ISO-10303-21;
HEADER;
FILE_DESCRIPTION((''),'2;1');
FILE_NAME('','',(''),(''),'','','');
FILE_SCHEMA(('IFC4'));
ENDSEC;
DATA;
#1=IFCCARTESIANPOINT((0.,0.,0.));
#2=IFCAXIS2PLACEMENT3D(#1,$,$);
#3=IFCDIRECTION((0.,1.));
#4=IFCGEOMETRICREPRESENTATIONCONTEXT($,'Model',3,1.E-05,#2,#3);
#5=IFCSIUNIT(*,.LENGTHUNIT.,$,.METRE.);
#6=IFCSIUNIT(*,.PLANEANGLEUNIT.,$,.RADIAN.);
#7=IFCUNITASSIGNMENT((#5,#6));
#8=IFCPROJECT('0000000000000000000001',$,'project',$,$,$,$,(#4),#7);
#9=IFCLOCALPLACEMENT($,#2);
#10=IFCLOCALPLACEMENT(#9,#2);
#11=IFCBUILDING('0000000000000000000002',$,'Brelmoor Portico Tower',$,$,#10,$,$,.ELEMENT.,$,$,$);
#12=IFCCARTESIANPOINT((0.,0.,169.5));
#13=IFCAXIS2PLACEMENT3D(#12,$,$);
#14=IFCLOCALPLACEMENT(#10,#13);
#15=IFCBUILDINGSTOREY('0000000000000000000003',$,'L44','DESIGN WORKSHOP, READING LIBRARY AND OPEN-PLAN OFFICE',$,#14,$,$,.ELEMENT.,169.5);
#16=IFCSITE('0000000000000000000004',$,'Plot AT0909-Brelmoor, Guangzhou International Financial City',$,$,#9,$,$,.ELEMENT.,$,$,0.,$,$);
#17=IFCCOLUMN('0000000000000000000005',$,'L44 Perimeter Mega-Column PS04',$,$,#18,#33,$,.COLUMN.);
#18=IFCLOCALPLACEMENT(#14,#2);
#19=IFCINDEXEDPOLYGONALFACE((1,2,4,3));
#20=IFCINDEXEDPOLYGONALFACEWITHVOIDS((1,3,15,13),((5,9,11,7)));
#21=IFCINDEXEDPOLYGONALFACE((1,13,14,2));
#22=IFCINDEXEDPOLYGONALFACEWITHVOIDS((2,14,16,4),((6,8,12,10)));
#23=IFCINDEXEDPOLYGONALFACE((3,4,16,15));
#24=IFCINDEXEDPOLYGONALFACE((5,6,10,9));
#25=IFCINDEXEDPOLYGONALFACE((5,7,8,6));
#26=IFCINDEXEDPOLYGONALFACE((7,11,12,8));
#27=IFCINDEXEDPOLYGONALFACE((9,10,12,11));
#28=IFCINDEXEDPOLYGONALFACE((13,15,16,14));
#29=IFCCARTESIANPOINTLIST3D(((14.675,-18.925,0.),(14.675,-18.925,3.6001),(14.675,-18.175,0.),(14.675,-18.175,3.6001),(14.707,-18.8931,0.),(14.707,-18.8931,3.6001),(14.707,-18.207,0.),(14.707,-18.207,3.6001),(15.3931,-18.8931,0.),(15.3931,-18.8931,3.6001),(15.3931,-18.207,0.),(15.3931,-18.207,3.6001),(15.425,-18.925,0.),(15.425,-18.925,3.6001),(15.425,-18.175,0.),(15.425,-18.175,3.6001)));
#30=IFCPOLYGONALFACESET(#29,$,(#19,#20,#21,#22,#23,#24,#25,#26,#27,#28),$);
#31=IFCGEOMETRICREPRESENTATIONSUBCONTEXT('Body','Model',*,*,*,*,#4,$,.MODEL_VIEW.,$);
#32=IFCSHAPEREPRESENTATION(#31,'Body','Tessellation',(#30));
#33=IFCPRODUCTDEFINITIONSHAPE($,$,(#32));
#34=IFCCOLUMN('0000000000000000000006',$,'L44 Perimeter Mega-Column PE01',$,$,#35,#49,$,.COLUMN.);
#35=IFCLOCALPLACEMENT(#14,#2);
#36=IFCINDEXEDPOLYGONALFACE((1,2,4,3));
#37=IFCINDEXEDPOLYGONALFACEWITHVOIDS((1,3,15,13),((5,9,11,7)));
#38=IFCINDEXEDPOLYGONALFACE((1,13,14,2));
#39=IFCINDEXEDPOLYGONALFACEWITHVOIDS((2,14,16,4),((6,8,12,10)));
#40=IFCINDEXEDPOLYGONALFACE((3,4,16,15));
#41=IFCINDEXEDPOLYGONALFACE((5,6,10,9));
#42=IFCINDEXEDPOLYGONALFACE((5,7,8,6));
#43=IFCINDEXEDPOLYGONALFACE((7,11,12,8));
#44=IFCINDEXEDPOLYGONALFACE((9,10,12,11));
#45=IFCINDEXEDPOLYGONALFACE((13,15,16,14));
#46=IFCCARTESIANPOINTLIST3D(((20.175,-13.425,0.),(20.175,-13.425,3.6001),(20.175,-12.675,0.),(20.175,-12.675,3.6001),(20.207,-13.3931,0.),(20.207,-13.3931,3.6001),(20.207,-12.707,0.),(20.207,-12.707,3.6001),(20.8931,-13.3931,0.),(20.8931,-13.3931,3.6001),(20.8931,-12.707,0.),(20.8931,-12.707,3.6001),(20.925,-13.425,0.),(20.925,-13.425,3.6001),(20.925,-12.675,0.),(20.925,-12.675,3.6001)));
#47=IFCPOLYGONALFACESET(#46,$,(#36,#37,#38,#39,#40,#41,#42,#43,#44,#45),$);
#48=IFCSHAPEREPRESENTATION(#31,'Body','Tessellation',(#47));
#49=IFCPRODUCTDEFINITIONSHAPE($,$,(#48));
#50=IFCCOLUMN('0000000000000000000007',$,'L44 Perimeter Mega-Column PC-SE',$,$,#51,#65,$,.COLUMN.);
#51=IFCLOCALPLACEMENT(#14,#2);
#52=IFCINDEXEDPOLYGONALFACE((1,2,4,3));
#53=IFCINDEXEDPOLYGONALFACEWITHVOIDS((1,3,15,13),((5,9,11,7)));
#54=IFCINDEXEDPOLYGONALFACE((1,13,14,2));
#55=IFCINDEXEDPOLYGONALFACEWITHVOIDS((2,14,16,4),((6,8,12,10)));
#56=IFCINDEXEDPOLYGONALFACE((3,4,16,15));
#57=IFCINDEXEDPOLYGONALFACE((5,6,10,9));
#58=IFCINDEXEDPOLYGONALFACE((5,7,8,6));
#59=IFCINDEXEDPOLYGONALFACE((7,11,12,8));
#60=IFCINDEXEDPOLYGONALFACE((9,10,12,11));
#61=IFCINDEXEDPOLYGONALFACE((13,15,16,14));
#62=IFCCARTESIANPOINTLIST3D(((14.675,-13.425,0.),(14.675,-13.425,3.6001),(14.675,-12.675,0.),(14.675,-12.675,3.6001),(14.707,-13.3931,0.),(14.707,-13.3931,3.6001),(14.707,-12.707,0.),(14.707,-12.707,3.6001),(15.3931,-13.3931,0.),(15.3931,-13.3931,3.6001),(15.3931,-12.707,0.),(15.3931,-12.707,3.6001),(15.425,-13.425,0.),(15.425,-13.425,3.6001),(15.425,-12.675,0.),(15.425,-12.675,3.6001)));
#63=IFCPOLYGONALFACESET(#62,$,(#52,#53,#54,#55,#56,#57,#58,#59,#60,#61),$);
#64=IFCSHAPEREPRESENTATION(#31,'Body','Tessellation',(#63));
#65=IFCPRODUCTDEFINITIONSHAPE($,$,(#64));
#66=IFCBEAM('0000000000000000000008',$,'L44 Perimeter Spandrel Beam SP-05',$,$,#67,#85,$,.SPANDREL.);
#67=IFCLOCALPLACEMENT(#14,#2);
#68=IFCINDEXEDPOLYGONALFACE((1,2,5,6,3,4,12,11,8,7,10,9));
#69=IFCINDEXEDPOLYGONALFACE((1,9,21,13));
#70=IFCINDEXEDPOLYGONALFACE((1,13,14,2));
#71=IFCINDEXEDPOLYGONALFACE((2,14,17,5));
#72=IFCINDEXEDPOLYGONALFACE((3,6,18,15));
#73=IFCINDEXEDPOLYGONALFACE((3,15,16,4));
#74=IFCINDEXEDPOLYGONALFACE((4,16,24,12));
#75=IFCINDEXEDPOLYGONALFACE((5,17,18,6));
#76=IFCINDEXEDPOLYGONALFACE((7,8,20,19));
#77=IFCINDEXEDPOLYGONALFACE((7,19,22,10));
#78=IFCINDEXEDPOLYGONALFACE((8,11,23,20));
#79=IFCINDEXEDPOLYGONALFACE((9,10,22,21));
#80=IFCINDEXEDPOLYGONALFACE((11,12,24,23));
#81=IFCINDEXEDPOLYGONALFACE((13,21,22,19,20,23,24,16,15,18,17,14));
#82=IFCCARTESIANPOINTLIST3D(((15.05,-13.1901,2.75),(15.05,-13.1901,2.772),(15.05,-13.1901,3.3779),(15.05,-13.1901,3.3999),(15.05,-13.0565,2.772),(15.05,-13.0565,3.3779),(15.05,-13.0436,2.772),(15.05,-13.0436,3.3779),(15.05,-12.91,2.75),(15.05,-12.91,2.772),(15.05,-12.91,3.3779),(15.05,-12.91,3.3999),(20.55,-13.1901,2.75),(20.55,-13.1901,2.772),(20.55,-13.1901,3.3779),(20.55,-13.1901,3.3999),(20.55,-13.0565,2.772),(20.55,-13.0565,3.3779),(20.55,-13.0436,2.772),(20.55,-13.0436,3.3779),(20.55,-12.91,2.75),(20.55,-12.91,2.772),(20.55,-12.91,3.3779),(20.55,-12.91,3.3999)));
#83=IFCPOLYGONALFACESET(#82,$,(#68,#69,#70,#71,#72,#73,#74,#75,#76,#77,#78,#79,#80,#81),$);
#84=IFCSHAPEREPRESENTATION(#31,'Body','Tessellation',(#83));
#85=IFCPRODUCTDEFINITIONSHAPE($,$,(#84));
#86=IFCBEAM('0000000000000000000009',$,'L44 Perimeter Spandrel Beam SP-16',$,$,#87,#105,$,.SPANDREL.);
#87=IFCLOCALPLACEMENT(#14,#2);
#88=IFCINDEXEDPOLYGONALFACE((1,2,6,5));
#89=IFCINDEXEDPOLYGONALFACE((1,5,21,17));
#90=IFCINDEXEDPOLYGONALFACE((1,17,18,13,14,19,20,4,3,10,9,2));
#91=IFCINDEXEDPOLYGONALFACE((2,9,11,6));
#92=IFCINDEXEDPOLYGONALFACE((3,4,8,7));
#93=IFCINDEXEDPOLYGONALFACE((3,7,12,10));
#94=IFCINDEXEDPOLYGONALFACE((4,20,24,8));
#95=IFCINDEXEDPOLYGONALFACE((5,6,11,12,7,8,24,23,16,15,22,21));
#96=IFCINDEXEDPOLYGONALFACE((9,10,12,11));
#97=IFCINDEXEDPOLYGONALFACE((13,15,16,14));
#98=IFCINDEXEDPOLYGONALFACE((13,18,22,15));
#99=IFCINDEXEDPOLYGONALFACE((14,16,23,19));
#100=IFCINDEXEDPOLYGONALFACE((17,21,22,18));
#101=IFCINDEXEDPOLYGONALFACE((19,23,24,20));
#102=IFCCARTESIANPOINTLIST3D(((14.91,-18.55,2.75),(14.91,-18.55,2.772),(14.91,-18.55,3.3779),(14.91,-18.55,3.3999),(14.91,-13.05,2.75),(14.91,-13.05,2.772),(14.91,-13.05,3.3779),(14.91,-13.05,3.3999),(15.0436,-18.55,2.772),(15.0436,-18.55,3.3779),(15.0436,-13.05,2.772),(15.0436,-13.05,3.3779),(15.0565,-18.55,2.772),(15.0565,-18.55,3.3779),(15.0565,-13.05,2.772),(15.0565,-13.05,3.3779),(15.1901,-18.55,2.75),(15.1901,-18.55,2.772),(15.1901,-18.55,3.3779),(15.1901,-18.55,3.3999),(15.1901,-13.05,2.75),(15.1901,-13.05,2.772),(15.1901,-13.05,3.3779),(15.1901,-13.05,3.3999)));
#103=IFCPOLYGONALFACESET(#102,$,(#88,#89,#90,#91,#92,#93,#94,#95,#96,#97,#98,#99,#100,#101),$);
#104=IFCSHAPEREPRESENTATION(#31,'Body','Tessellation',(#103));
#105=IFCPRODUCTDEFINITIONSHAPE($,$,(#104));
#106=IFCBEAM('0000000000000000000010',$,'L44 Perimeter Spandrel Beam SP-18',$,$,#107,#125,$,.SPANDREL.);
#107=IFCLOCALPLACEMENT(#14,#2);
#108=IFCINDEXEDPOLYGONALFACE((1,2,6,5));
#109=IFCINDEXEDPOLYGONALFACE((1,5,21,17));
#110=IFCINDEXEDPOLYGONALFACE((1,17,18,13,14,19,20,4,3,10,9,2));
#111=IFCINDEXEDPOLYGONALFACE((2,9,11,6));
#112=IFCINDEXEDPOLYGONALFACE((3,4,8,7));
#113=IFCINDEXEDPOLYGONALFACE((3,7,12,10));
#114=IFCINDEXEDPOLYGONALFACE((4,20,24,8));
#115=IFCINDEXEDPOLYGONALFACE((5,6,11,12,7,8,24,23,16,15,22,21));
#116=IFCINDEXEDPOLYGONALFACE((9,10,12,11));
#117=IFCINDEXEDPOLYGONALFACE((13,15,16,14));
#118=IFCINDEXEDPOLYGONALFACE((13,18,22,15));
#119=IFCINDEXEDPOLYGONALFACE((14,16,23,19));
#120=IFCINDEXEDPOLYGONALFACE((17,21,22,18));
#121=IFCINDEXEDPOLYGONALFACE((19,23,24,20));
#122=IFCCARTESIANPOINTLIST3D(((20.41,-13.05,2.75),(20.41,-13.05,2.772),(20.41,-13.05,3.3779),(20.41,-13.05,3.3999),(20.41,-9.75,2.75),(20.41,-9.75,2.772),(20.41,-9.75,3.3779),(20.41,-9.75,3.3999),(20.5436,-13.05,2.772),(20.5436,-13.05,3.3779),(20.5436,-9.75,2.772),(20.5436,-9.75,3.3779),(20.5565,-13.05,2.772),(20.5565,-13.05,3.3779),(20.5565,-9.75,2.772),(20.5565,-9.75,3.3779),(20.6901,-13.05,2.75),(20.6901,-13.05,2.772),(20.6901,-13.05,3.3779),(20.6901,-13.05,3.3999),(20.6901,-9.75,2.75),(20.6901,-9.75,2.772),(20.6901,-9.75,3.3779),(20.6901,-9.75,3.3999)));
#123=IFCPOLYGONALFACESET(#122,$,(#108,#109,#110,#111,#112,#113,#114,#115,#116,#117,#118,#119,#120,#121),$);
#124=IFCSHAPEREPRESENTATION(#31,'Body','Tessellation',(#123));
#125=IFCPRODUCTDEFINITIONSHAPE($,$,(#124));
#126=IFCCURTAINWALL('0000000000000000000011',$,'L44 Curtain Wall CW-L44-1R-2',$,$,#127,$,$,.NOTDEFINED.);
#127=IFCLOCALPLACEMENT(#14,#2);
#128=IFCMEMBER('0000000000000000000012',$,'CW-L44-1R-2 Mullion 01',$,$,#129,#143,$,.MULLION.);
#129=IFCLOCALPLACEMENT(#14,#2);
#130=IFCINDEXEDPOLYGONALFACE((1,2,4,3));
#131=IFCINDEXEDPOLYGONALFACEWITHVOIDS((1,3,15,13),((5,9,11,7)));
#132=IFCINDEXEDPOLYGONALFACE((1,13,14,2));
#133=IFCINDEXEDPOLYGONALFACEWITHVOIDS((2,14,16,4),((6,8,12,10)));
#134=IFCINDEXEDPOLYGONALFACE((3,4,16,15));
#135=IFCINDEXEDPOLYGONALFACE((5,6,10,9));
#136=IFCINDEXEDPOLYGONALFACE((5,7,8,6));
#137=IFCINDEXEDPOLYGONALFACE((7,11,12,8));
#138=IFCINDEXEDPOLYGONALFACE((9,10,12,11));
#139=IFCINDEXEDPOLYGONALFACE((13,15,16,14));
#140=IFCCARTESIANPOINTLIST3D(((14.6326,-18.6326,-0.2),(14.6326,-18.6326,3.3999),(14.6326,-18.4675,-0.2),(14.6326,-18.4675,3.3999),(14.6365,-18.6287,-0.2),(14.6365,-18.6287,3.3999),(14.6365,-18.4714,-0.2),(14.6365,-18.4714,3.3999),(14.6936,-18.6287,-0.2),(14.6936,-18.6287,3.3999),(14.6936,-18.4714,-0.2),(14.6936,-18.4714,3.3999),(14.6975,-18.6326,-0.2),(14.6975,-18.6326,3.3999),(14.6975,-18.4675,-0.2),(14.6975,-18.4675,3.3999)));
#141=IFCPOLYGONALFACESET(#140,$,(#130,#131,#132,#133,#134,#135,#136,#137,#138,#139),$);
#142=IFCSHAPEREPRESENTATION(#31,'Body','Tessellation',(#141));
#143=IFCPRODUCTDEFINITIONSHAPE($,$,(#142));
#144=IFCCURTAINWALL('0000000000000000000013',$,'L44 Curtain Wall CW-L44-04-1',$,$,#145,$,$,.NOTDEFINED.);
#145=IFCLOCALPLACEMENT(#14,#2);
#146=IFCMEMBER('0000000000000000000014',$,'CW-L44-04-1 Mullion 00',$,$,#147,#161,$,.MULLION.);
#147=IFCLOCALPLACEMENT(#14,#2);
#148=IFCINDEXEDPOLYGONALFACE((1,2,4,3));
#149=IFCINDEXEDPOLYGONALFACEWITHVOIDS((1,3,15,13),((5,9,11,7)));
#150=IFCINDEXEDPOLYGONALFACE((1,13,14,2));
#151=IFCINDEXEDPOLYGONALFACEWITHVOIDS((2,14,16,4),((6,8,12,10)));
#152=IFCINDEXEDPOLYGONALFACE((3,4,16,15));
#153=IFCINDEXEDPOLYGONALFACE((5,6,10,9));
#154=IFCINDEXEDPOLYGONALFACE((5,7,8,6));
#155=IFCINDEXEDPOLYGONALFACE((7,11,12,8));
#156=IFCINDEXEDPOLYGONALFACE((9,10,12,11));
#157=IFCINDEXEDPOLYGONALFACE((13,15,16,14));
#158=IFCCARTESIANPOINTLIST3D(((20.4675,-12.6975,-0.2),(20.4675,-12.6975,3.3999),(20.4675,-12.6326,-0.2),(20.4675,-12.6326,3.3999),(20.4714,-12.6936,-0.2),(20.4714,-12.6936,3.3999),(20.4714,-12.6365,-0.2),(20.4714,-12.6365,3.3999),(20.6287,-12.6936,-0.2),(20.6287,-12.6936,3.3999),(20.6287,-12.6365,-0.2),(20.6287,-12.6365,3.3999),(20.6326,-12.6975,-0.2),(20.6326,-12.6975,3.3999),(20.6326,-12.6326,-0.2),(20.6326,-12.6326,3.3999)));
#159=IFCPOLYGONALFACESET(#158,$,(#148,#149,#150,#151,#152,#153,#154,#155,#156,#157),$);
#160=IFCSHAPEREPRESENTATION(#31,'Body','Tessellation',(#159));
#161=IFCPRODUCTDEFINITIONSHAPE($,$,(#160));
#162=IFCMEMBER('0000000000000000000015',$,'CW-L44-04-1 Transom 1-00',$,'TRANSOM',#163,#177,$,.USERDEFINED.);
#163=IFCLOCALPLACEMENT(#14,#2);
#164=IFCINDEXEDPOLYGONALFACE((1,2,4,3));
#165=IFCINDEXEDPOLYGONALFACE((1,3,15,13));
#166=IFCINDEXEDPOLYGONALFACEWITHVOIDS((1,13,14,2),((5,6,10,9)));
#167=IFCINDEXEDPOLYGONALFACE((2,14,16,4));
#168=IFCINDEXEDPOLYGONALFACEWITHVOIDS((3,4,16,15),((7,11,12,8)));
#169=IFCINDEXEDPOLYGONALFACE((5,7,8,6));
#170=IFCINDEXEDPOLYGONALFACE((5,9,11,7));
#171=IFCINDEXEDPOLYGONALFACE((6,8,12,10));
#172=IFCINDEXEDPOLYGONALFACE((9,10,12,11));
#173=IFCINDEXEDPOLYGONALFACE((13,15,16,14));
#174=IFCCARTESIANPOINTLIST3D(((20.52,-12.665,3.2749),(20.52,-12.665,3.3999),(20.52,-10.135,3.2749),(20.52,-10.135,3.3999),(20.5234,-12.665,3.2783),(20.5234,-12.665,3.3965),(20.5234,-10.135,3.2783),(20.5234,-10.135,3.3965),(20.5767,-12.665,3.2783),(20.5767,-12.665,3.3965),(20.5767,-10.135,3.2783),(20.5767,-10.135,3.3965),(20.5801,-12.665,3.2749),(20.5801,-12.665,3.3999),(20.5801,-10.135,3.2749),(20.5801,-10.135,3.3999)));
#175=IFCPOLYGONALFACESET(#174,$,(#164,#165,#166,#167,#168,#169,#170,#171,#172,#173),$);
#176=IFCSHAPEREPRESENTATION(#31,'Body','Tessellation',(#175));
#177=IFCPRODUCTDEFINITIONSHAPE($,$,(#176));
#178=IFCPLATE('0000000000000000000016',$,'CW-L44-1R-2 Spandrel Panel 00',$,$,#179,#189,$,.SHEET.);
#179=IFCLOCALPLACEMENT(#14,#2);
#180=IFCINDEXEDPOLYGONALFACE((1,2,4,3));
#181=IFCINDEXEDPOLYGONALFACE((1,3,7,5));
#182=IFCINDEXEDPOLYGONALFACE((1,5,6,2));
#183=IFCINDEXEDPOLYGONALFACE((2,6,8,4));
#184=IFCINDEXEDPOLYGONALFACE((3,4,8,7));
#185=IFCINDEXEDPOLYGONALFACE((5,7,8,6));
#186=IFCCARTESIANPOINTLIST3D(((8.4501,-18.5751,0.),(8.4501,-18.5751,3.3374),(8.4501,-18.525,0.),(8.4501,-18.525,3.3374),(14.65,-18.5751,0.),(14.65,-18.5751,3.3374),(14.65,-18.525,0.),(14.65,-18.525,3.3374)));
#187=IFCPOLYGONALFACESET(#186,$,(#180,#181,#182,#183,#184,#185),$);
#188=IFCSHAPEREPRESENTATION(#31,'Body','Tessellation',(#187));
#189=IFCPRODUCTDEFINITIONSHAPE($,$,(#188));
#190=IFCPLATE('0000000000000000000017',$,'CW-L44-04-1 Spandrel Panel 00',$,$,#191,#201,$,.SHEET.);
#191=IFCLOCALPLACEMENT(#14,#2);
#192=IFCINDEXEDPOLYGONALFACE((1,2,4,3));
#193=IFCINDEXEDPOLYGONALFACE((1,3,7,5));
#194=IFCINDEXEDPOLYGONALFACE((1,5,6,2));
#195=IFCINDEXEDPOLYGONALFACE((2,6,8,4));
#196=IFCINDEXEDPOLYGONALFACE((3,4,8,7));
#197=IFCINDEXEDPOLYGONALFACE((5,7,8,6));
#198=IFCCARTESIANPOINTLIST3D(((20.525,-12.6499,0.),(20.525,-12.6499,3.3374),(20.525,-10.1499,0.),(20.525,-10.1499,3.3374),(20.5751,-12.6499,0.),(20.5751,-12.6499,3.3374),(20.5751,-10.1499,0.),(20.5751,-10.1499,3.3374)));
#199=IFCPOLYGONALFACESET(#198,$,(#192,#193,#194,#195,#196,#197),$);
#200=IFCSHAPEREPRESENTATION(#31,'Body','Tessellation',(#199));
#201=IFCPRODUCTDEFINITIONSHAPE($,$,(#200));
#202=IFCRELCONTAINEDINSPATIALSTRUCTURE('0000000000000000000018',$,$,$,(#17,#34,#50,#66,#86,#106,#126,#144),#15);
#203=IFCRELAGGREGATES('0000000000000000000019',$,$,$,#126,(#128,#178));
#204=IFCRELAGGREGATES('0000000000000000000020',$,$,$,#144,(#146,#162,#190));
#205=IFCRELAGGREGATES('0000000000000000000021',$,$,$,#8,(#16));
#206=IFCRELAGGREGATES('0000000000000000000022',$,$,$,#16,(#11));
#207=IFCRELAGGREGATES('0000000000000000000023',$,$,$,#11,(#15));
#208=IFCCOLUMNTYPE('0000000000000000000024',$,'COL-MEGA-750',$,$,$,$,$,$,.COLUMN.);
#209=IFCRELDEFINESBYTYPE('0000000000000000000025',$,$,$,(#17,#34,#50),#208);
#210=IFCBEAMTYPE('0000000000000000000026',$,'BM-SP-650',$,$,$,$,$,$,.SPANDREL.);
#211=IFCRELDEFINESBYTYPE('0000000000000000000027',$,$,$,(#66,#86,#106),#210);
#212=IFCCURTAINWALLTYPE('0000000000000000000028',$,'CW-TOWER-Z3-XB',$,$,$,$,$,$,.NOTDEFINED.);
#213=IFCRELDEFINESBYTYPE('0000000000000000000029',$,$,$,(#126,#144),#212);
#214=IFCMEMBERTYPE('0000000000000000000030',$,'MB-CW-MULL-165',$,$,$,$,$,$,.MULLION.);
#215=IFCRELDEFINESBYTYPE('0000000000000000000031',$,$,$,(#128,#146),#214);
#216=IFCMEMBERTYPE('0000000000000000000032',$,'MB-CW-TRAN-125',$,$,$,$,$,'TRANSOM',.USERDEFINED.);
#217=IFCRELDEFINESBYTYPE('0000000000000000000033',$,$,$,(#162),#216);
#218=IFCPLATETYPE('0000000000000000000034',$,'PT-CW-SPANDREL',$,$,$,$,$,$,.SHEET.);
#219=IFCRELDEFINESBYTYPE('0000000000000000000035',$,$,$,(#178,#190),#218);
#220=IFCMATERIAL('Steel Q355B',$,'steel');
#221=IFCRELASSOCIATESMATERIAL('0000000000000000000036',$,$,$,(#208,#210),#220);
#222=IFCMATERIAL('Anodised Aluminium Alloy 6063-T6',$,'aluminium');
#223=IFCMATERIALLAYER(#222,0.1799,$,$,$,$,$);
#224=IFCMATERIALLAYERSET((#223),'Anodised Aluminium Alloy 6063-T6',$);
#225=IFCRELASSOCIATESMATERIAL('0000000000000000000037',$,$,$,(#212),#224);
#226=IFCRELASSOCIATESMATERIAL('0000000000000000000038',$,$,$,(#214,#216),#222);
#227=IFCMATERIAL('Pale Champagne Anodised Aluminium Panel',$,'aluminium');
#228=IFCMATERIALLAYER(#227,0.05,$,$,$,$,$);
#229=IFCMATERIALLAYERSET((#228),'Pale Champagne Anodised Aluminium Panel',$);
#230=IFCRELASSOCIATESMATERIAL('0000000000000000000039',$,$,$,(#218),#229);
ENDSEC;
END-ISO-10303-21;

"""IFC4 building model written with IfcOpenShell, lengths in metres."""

from ifc_helpers import new_model, si_unit, direction, frame, origin, origin_2d, place, context, subcontext, project, spatial, rectangle, hollow_rectangle, i_section, extrude, material, layer, layer_set, material_profile, profile_set, type_object, element, aggregate, save


model = new_model("IFC4")

# Units and contexts
model_context = context("Model", 3, precision=1e-05, world=origin(), true_north=direction((0.0, 1.0)))
body_context = subcontext(model_context, "Body", "Model", "MODEL_VIEW")
ifc_project = project(units=[si_unit("LENGTHUNIT", "METRE"), si_unit("PLANEANGLEUNIT", "RADIAN")], contexts=[model_context])

# Site, building, storey
site_placement = place(None, origin())
site = spatial("IfcSite", under=ifc_project, at=site_placement, Name="Plot AT0909-Brelmoor, Guangzhou International Financial City", CompositionType="ELEMENT", RefElevation=0.0)
building_placement = place(site_placement, origin())
building = spatial("IfcBuilding", under=site, at=building_placement, Name="Brelmoor Portico Tower", CompositionType="ELEMENT")
storey_placement = place(building_placement, frame((0.0, 0.0, 169.5)))
storey = spatial("IfcBuildingStorey", under=building, at=storey_placement, Name="L44", Description="DESIGN WORKSHOP, READING LIBRARY AND OPEN-PLAN OFFICE", CompositionType="ELEMENT", Elevation=169.5)

# Columns
ifc_material_1 = material(Name="Steel Q355B", Category="steel")
ifc_material_profile_1 = material_profile(ifc_material_1, hollow_rectangle(XDim=0.75, YDim=0.75, WallThickness=0.032, at=origin_2d()), Name="BOX 750x750x32")
ifc_profile_set_1 = profile_set([ifc_material_profile_1], Name="Steel Q355B")
column_type = type_object("IfcColumnType", Name="COL-MEGA-750", PredefinedType="COLUMN", material=ifc_profile_set_1)
for number, where, z_axis, x_axis, name in (
    (1, (15.05, -18.55, 0.0), (0.0, 0.0, 1.0), (1.0, 0.0, 0.0), "L44 Perimeter Mega-Column PS04"),
    (2, (20.55, -13.05, 0.0), (0.0, 0.0, 1.0), (0.0, 1.0, 0.0), "L44 Perimeter Mega-Column PE01"),
    (3, (15.05, -13.05, 0.0), (0.0, 0.0, 1.0), (1.0, 0.0, 0.0), "L44 Perimeter Mega-Column PC-SE"),
):
    element("IfcColumn", number, at=place(storey_placement, frame(where, z_axis=z_axis, x_axis=x_axis)), inside=storey, type_object=column_type, Name=name, PredefinedType="COLUMN", context=body_context, shape_type="SweptSolid", body=[
        extrude(hollow_rectangle(XDim=0.75, YDim=0.75, WallThickness=0.032, at=origin_2d()), origin(), (0.0, 0.0, 1.0), 3.6001),
    ])

# Beams
ifc_material_profile_2 = material_profile(ifc_material_1, i_section(OverallWidth=0.28, OverallDepth=0.6499, WebThickness=0.0129, FlangeThickness=0.022, at=origin_2d()), Name="HN 650x280x13x22")
ifc_profile_set_2 = profile_set([ifc_material_profile_2], Name="Steel Q355B")
beam_type = type_object("IfcBeamType", Name="BM-SP-650", PredefinedType="SPANDREL", material=ifc_profile_set_2)
for number, where, z_axis, x_axis, name in (
    (4, (15.05, -13.05, 3.075), (1.0, 0.0, 0.0), (0.0, 1.0, 0.0), "L44 Perimeter Spandrel Beam SP-05"),
    (5, (15.05, -18.55, 3.075), (0.0, 1.0, 0.0), (-1.0, 0.0, 0.0), "L44 Perimeter Spandrel Beam SP-16"),
):
    element("IfcBeam", number, at=place(storey_placement, frame(where, z_axis=z_axis, x_axis=x_axis)), inside=storey, type_object=beam_type, Name=name, PredefinedType="SPANDREL", context=body_context, shape_type="SweptSolid", body=[
        extrude(i_section(OverallWidth=0.28, OverallDepth=0.6499, WebThickness=0.0129, FlangeThickness=0.022, at=origin_2d()), origin(), (0.0, 0.0, 1.0), 5.5),
    ])
beam_placement = place(storey_placement, frame((20.55, -13.05, 3.075), z_axis=(0.0, 1.0, 0.0), x_axis=(-1.0, 0.0, 0.0)))
element("IfcBeam", 6, at=beam_placement, inside=storey, type_object=beam_type, Name="L44 Perimeter Spandrel Beam SP-18", PredefinedType="SPANDREL", context=body_context, shape_type="SweptSolid", body=[
    extrude(i_section(OverallWidth=0.28, OverallDepth=0.6499, WebThickness=0.0129, FlangeThickness=0.022, at=origin_2d()), origin(), (0.0, 0.0, 1.0), 3.3),
])

# Curtain wall, member
ifc_material_2 = material(Name="Anodised Aluminium Alloy 6063-T6", Category="aluminium")
ifc_layer_1 = layer(ifc_material_2, 0.1799)
ifc_layer_set_1 = layer_set([ifc_layer_1], Name="Anodised Aluminium Alloy 6063-T6")
curtain_wall_type = type_object("IfcCurtainWallType", Name="CW-TOWER-Z3-XB", PredefinedType="NOTDEFINED", material=ifc_layer_set_1)
curtain_wall_1_placement = place(storey_placement, origin())
curtain_wall_1 = element("IfcCurtainWall", 7, at=curtain_wall_1_placement, inside=storey, type_object=curtain_wall_type, Name="L44 Curtain Wall CW-L44-1R-2", PredefinedType="NOTDEFINED")
ifc_material_profile_3 = material_profile(ifc_material_2, hollow_rectangle(XDim=0.0649, YDim=0.165, WallThickness=0.0039, at=origin_2d()), Name="ALU MULLION 65x165")
ifc_profile_set_3 = profile_set([ifc_material_profile_3], Name="Anodised Aluminium Alloy 6063-T6")
member_type_1 = type_object("IfcMemberType", Name="MB-CW-MULL-165", PredefinedType="MULLION", material=ifc_profile_set_3)
member_1_placement = place(storey_placement, frame((14.665, -18.55, -0.2), z_axis=(0.0, 0.0, 1.0), x_axis=(1.0, 0.0, 0.0)))
member_1 = element("IfcMember", 8, at=member_1_placement, type_object=member_type_1, Name="CW-L44-1R-2 Mullion 01", PredefinedType="MULLION", context=body_context, shape_type="SweptSolid", body=[
    extrude(hollow_rectangle(XDim=0.0649, YDim=0.165, WallThickness=0.0039, at=origin_2d()), origin(), (0.0, 0.0, 1.0), 3.5999),
])

# Curtain wall, members
curtain_wall_2_placement = place(storey_placement, origin())
curtain_wall_2 = element("IfcCurtainWall", 9, at=curtain_wall_2_placement, inside=storey, type_object=curtain_wall_type, Name="L44 Curtain Wall CW-L44-04-1", PredefinedType="NOTDEFINED")
member_2_placement = place(storey_placement, frame((20.55, -12.665, -0.2), z_axis=(0.0, 0.0, 1.0), x_axis=(0.0, 1.0, 0.0)))
member_2 = element("IfcMember", 10, at=member_2_placement, type_object=member_type_1, Name="CW-L44-04-1 Mullion 00", PredefinedType="MULLION", context=body_context, shape_type="SweptSolid", body=[
    extrude(hollow_rectangle(XDim=0.0649, YDim=0.165, WallThickness=0.0039, at=origin_2d()), origin(), (0.0, 0.0, 1.0), 3.5999),
])
ifc_material_profile_4 = material_profile(ifc_material_2, hollow_rectangle(XDim=0.0601, YDim=0.125, WallThickness=0.0034, at=origin_2d()), Name="ALU TRANSOM 60x125")
ifc_profile_set_4 = profile_set([ifc_material_profile_4], Name="Anodised Aluminium Alloy 6063-T6")
member_type_2 = type_object("IfcMemberType", Name="MB-CW-TRAN-125", ElementType="TRANSOM", PredefinedType="USERDEFINED", material=ifc_profile_set_4)
member_3_placement = place(storey_placement, frame((20.55, -12.665, 3.3374), z_axis=(0.0, 1.0, 0.0), x_axis=(-1.0, 0.0, 0.0)))
member_3 = element("IfcMember", 11, at=member_3_placement, type_object=member_type_2, Name="CW-L44-04-1 Transom 1-00", ObjectType="TRANSOM", PredefinedType="USERDEFINED", context=body_context, shape_type="SweptSolid", body=[
    extrude(hollow_rectangle(XDim=0.0601, YDim=0.125, WallThickness=0.0034, at=origin_2d()), origin(), (0.0, 0.0, 1.0), 2.53),
])

# Plates
ifc_material_3 = material(Name="Pale Champagne Anodised Aluminium Panel", Category="aluminium")
ifc_layer_2 = layer(ifc_material_3, 0.05)
ifc_layer_set_2 = layer_set([ifc_layer_2], Name="Pale Champagne Anodised Aluminium Panel")
plate_type_1 = type_object("IfcPlateType", Name="PT-CW-SPANDREL", PredefinedType="SHEET", material=ifc_layer_set_2)
plate_1_placement = place(storey_placement, frame((11.55, -18.55, 0.0), z_axis=(0.0, 0.0, 1.0), x_axis=(1.0, 0.0, 0.0)))
plate_1 = element("IfcPlate", 12, at=plate_1_placement, type_object=plate_type_1, Name="CW-L44-1R-2 Spandrel Panel 00", PredefinedType="SHEET", context=body_context, shape_type="SweptSolid", body=[
    extrude(rectangle(XDim=6.2, YDim=0.05, at=origin_2d()), origin(), (0.0, 0.0, 1.0), 3.3374),
])
aggregate(curtain_wall_1, [member_1, plate_1])
plate_2_placement = place(storey_placement, frame((20.55, -11.3999, 0.0), z_axis=(0.0, 0.0, 1.0), x_axis=(0.0, 1.0, 0.0)))
plate_2 = element("IfcPlate", 13, at=plate_2_placement, type_object=plate_type_1, Name="CW-L44-04-1 Spandrel Panel 00", PredefinedType="SHEET", context=body_context, shape_type="SweptSolid", body=[
    extrude(rectangle(XDim=2.5, YDim=0.05, at=origin_2d()), origin(), (0.0, 0.0, 1.0), 3.3374),
])
aggregate(curtain_wall_2, [member_2, member_3, plate_2])

save(model, "model.ifc")
